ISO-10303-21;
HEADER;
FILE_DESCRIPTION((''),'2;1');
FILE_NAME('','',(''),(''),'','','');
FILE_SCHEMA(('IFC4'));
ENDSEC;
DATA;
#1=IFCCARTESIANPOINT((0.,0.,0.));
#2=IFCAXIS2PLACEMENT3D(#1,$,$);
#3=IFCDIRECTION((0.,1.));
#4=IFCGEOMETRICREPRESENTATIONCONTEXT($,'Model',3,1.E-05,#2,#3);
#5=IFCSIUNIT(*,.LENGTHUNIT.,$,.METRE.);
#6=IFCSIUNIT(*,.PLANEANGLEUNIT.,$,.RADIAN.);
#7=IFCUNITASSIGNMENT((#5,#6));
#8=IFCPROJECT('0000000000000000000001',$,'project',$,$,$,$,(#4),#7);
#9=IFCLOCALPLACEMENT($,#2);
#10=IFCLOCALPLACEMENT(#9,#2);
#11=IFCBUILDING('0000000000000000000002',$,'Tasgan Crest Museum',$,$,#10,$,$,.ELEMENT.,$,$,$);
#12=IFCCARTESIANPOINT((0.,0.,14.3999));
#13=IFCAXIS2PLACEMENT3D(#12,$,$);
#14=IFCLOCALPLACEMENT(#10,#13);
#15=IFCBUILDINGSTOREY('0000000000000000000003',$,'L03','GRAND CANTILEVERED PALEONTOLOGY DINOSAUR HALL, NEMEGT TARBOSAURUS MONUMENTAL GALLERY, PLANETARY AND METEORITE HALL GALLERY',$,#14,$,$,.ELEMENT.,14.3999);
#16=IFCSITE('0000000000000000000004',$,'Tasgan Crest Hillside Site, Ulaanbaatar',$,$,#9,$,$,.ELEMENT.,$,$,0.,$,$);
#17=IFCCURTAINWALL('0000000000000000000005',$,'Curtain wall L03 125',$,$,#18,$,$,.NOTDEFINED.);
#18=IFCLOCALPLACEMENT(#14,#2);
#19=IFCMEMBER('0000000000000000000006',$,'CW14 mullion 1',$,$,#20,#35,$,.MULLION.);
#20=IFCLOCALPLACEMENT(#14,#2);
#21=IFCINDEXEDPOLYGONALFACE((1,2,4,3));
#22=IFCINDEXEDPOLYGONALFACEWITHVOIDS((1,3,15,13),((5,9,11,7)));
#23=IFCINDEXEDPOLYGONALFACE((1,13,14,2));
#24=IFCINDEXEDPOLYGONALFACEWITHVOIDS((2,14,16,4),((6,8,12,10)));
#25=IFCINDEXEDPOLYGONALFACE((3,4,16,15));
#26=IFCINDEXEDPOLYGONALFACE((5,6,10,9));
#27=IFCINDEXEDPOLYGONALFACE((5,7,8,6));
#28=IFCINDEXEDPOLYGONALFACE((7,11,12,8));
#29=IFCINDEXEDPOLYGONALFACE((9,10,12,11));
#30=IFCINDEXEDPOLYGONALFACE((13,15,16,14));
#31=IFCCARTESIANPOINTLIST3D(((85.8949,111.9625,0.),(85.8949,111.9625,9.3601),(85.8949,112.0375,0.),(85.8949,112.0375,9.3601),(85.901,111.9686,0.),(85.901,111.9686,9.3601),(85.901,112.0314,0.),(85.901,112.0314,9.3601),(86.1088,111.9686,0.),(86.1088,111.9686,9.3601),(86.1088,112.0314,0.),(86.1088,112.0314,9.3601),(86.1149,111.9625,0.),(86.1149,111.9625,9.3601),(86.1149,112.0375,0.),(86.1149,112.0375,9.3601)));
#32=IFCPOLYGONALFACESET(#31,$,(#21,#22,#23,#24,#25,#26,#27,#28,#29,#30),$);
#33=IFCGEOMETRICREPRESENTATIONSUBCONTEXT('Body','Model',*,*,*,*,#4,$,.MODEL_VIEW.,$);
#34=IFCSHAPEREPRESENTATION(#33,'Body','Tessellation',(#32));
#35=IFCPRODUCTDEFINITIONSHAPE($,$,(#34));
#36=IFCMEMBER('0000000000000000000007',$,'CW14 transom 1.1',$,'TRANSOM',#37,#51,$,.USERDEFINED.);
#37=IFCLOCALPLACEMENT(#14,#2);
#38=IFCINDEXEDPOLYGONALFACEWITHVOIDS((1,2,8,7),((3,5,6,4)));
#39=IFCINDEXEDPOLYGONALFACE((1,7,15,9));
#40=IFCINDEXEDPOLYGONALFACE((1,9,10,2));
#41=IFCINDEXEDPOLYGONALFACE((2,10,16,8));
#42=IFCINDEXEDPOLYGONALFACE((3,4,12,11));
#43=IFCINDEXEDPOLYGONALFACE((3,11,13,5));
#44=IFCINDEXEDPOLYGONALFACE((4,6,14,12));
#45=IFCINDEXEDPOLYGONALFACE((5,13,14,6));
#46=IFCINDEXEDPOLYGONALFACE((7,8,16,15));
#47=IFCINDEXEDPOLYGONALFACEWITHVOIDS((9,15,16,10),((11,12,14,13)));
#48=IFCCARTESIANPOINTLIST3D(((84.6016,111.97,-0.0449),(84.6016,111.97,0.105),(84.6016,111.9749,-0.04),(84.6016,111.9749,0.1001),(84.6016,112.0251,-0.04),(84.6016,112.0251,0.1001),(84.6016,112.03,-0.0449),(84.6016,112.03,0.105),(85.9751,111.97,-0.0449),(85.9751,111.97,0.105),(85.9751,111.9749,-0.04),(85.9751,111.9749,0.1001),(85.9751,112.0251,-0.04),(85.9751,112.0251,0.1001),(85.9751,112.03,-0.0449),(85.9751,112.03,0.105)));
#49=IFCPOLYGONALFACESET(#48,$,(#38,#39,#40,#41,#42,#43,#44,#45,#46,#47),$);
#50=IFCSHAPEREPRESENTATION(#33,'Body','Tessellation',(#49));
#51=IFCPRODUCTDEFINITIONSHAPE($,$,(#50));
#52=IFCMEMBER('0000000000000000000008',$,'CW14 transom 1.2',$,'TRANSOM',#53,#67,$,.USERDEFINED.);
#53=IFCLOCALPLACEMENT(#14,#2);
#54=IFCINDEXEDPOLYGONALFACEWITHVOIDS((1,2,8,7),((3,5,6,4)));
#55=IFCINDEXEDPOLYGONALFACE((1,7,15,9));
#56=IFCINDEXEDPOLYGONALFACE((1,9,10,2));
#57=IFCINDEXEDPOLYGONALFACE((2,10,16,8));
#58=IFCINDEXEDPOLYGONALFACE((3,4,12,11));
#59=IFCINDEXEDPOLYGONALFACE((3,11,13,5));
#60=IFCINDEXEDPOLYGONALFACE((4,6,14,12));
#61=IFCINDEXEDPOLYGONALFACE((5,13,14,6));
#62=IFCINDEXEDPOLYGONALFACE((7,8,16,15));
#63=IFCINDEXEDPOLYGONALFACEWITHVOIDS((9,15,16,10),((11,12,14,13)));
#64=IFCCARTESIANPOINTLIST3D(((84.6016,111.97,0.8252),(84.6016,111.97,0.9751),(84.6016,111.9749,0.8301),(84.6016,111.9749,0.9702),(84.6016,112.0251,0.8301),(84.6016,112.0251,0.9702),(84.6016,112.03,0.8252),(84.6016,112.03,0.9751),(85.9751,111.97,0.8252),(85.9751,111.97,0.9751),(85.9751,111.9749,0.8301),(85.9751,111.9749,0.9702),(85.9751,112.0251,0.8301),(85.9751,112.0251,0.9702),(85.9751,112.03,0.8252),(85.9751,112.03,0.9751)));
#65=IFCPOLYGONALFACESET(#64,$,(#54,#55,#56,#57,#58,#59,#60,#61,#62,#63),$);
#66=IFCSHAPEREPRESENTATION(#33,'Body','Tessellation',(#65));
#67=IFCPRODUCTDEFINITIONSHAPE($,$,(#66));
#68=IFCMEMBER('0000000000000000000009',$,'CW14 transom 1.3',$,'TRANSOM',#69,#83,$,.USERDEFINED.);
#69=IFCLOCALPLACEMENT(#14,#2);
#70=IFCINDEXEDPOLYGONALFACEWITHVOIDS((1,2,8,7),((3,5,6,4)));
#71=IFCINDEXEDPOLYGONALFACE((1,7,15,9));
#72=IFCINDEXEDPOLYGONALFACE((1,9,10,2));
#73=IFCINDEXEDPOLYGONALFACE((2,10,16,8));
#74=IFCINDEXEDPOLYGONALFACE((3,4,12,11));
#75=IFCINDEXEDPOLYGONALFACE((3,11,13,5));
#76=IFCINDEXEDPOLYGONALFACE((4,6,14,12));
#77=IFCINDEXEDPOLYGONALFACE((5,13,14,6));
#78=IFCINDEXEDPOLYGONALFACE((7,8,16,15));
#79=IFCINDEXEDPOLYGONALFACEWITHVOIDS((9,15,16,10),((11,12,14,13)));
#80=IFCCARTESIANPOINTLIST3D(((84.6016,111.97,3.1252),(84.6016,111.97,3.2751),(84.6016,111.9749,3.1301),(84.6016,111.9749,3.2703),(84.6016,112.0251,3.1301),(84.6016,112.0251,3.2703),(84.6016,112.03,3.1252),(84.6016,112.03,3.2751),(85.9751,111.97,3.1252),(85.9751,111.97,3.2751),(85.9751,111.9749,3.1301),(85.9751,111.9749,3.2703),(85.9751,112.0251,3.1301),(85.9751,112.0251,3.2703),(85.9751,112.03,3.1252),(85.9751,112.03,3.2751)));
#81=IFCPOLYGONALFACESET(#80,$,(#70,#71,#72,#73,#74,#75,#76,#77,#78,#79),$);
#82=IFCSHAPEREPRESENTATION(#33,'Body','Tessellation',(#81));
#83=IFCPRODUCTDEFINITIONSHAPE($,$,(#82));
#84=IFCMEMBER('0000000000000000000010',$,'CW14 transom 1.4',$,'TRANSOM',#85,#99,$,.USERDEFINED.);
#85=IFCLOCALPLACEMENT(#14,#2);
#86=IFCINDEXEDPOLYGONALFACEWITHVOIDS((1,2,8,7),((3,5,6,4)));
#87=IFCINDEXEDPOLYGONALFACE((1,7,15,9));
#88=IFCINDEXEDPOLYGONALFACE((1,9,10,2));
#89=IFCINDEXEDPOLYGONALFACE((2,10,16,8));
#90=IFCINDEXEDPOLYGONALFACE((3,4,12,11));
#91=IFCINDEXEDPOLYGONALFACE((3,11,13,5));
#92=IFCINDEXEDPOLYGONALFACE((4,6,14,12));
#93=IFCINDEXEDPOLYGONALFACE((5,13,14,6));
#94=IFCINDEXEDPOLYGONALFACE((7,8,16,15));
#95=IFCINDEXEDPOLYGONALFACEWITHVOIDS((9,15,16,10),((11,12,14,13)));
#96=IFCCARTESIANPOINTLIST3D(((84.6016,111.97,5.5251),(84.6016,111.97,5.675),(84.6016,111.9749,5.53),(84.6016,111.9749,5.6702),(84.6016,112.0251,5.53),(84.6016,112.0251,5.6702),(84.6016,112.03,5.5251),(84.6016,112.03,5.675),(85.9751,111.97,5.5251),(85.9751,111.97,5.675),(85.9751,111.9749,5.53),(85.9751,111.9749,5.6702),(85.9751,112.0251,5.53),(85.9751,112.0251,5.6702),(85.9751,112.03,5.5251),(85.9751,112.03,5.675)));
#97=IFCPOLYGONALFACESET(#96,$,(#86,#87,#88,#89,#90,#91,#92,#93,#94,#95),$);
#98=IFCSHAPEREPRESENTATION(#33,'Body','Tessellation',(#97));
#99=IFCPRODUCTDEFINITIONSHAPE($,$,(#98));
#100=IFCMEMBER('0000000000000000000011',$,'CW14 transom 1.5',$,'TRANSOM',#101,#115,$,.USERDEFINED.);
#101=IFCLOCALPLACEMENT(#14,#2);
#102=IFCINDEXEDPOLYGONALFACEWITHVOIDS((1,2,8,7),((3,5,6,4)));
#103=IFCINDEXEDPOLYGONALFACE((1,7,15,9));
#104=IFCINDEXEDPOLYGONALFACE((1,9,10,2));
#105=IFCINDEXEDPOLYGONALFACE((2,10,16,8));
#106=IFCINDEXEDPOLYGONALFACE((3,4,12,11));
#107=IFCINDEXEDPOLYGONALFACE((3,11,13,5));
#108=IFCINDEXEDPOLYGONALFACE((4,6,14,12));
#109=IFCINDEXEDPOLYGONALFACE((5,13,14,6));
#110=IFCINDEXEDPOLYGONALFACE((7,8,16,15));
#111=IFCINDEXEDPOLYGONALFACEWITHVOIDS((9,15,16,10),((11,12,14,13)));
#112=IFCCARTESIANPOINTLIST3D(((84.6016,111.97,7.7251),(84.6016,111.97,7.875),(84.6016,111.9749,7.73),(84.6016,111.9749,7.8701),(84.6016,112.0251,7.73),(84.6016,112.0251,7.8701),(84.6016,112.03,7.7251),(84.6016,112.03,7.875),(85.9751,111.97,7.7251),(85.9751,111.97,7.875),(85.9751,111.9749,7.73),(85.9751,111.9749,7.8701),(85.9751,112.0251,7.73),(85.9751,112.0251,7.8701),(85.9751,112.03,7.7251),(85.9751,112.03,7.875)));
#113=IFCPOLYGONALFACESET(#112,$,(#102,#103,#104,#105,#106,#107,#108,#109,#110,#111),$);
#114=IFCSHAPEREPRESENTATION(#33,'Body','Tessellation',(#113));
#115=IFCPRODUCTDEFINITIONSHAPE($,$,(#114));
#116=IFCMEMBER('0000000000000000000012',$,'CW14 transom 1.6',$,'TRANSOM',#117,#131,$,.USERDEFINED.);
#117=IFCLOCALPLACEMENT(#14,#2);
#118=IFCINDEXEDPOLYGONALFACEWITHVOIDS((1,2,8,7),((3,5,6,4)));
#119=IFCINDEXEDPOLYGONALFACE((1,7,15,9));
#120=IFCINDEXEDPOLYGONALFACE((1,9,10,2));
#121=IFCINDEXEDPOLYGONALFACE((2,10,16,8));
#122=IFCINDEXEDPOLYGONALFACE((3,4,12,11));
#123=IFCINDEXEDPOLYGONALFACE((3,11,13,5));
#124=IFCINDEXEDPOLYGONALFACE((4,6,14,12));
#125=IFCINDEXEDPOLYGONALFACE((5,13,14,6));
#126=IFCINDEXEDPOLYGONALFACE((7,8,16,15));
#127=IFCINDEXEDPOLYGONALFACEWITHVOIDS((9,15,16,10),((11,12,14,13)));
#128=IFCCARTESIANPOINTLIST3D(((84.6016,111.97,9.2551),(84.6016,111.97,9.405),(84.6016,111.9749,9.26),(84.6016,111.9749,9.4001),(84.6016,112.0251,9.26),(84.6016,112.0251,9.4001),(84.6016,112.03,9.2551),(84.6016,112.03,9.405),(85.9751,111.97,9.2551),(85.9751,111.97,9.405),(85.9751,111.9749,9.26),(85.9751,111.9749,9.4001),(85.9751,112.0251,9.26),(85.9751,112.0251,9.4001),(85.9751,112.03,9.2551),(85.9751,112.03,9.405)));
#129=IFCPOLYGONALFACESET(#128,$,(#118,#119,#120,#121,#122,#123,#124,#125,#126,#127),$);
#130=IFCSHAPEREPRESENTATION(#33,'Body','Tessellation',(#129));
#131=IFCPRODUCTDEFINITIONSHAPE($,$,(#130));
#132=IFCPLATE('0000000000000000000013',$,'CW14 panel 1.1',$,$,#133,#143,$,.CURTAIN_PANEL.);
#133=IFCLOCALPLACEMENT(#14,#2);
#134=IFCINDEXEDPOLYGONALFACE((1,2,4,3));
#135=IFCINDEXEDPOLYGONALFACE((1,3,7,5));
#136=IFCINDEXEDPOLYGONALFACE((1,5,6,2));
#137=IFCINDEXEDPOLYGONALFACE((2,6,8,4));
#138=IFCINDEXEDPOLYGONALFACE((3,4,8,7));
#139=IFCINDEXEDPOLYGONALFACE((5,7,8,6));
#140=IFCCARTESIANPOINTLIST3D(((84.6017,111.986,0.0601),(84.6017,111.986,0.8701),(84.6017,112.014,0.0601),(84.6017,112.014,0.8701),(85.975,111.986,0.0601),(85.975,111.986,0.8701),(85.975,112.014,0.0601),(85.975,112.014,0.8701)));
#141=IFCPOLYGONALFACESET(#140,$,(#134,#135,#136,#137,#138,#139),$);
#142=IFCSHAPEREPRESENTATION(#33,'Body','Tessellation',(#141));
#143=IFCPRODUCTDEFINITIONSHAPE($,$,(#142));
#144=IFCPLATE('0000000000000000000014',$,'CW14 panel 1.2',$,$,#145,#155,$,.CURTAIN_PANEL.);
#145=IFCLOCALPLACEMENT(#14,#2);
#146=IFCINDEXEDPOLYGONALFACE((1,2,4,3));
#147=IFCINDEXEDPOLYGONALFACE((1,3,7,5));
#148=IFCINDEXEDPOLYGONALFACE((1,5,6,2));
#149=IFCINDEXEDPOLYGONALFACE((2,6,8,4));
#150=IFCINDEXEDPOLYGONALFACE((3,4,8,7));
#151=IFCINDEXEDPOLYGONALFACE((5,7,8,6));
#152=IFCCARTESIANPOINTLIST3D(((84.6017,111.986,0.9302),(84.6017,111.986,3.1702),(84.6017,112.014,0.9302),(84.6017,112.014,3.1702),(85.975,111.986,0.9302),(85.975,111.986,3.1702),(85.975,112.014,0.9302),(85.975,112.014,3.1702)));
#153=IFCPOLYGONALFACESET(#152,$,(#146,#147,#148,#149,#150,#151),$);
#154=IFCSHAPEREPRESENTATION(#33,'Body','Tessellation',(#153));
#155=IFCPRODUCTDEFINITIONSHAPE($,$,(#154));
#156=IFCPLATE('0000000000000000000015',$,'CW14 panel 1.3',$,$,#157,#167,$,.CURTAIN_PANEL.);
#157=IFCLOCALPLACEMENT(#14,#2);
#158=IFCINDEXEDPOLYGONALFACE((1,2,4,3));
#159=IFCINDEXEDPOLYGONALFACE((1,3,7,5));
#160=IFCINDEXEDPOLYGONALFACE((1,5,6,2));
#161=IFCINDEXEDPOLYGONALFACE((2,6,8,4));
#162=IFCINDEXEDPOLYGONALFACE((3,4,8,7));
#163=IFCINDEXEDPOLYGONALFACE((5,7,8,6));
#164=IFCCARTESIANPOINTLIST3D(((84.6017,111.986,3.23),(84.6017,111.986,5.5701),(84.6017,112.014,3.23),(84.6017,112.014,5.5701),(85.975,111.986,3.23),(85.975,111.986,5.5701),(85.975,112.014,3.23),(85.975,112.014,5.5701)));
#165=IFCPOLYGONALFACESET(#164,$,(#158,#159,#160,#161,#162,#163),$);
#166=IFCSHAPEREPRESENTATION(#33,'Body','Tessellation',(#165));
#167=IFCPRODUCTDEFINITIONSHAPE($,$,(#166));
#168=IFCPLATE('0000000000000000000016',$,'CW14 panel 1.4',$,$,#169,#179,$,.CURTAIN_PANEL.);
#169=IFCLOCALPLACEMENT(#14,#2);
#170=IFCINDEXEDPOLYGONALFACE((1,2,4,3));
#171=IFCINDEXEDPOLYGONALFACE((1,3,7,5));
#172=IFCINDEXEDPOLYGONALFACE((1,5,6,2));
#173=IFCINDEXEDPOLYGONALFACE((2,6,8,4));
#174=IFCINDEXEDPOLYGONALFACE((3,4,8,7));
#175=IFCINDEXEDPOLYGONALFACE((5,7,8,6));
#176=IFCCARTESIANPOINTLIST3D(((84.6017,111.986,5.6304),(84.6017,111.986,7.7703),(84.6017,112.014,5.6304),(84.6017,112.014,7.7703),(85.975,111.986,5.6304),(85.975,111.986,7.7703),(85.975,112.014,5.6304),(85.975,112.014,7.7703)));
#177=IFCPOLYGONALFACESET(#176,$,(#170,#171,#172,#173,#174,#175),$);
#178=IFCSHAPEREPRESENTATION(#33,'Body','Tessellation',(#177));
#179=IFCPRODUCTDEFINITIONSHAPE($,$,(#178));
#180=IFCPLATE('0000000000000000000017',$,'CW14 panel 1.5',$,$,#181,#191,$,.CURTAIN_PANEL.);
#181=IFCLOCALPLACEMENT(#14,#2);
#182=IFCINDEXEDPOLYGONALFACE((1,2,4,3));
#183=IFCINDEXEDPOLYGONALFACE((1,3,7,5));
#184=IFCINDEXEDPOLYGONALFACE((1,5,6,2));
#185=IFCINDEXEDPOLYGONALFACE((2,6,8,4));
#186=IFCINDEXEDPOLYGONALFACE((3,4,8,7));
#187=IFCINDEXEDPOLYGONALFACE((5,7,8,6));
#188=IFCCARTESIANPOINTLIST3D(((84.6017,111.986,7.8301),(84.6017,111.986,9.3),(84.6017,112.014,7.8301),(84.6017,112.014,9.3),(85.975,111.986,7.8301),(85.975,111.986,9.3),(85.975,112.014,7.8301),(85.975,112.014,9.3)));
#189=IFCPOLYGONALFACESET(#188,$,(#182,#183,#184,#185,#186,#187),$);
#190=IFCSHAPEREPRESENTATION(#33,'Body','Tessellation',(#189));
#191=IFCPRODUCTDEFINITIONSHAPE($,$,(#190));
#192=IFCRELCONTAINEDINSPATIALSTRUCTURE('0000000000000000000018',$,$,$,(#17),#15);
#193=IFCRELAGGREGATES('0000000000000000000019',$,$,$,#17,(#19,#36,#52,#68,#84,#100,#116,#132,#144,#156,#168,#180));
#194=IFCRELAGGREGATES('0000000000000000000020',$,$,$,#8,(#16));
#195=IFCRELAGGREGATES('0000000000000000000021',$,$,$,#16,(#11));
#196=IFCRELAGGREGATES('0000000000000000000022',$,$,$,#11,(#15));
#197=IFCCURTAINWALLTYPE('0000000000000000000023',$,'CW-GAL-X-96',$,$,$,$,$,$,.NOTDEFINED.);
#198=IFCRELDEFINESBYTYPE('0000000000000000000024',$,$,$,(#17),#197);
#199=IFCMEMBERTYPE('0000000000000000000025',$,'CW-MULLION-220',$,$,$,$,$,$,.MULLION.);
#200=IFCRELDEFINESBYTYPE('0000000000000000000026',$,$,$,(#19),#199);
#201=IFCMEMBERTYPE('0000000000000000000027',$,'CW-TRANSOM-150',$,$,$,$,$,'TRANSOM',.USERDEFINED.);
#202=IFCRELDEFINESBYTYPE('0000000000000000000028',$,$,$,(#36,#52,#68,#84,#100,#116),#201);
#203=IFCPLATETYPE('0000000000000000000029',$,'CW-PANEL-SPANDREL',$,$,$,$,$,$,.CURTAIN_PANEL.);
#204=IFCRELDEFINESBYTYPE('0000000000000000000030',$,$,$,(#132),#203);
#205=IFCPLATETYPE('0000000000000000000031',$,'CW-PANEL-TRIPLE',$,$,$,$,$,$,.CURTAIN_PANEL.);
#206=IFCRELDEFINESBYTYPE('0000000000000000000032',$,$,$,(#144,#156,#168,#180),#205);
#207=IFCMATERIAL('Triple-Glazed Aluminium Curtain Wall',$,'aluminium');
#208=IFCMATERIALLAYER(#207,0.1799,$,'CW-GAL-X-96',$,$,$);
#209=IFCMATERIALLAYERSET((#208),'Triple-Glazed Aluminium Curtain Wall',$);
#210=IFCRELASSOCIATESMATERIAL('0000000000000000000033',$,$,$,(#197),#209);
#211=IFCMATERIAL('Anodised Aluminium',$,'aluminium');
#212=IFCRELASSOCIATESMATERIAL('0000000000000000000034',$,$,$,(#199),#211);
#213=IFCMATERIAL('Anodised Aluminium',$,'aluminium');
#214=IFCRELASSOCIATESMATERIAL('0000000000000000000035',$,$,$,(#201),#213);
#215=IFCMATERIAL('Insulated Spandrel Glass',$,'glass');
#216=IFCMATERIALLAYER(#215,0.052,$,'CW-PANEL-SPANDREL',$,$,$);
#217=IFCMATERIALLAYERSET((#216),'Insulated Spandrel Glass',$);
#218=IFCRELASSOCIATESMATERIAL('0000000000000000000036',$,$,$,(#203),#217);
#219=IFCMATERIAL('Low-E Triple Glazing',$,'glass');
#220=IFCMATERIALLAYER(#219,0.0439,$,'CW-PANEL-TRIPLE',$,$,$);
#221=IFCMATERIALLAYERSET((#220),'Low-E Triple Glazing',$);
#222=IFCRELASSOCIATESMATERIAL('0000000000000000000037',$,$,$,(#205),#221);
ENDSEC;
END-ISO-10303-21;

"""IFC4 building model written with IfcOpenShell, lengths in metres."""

from ifc_helpers import new_model, si_unit, direction, frame, origin, origin_2d, place, context, subcontext, project, spatial, rectangle, hollow_rectangle, extrude, material, layer, layer_set, material_profile, profile_set, type_object, element, aggregate, save


model = new_model("IFC4")

# Units and contexts
model_context = context("Model", 3, precision=1e-05, world=origin(), true_north=direction((0.0, 1.0)))
body_context = subcontext(model_context, "Body", "Model", "MODEL_VIEW")
ifc_project = project(units=[si_unit("LENGTHUNIT", "METRE"), si_unit("PLANEANGLEUNIT", "RADIAN")], contexts=[model_context])

# Site, building, storey
site_placement = place(None, origin())
site = spatial("IfcSite", under=ifc_project, at=site_placement, Name="Tasgan Crest Hillside Site, Ulaanbaatar", CompositionType="ELEMENT", RefElevation=0.0)
building_placement = place(site_placement, origin())
building = spatial("IfcBuilding", under=site, at=building_placement, Name="Tasgan Crest Museum", CompositionType="ELEMENT")
storey_placement = place(building_placement, frame((0.0, 0.0, 14.3999)))
storey = spatial("IfcBuildingStorey", under=building, at=storey_placement, Name="L03", Description="GRAND CANTILEVERED PALEONTOLOGY DINOSAUR HALL, NEMEGT TARBOSAURUS MONUMENTAL GALLERY, PLANETARY AND METEORITE HALL GALLERY", CompositionType="ELEMENT", Elevation=14.3999)

# Curtain wall, members, plates
ifc_material_1 = material(Name="Triple-Glazed Aluminium Curtain Wall", Category="aluminium")
ifc_layer_1 = layer(ifc_material_1, 0.1799, Name="CW-GAL-X-96")
ifc_layer_set_1 = layer_set([ifc_layer_1], Name="Triple-Glazed Aluminium Curtain Wall")
curtain_wall_type = type_object("IfcCurtainWallType", Name="CW-GAL-X-96", PredefinedType="NOTDEFINED", material=ifc_layer_set_1)
curtain_wall_placement = place(storey_placement, origin())
curtain_wall = element("IfcCurtainWall", 1, at=curtain_wall_placement, inside=storey, type_object=curtain_wall_type, Name="Curtain wall L03 125", PredefinedType="NOTDEFINED")
ifc_material_2 = material(Name="Anodised Aluminium", Category="aluminium")
ifc_material_profile_1 = material_profile(ifc_material_2, hollow_rectangle(XDim=0.075, YDim=0.22, WallThickness=0.0061, at=origin_2d()), Name="ALU MULLION 220x75x6")
ifc_profile_set_1 = profile_set([ifc_material_profile_1], Name="Anodised Aluminium")
member_type_1 = type_object("IfcMemberType", Name="CW-MULLION-220", PredefinedType="MULLION", material=ifc_profile_set_1)
member_1_placement = place(storey_placement, frame((86.0049, 112.0, 0.0), z_axis=(0.0, 0.0, 1.0), x_axis=(0.0, -1.0, 0.0)))
member_1 = element("IfcMember", 2, at=member_1_placement, type_object=member_type_1, Name="CW14 mullion 1", PredefinedType="MULLION", context=body_context, shape_type="SweptSolid", body=[
    extrude(hollow_rectangle(XDim=0.075, YDim=0.22, WallThickness=0.0061, at=origin_2d()), origin(), (0.0, 0.0, 1.0), 9.3601),
])
ifc_material_3 = material(Name="Anodised Aluminium", Category="aluminium")
ifc_material_profile_2 = material_profile(ifc_material_3, hollow_rectangle(XDim=0.0601, YDim=0.1499, WallThickness=0.0049, at=origin_2d()), Name="ALU TRANSOM 150x60x5")
ifc_profile_set_2 = profile_set([ifc_material_profile_2], Name="Anodised Aluminium")
member_type_2 = type_object("IfcMemberType", Name="CW-TRANSOM-150", ElementType="TRANSOM", PredefinedType="USERDEFINED", material=ifc_profile_set_2)
member_2_placement = place(storey_placement, frame((85.9751, 112.0, 0.03), z_axis=(-1.0, 0.0, 0.0), x_axis=(0.0, -1.0, 0.0)))
member_2 = element("IfcMember", 3, at=member_2_placement, type_object=member_type_2, Name="CW14 transom 1.1", ObjectType="TRANSOM", PredefinedType="USERDEFINED", context=body_context, shape_type="SweptSolid", body=[
    extrude(hollow_rectangle(XDim=0.0601, YDim=0.1499, WallThickness=0.0049, at=origin_2d()), origin(), (0.0, 0.0, 1.0), 1.3735),
])
member_3_placement = place(storey_placement, frame((85.9751, 112.0, 0.9001), z_axis=(-1.0, 0.0, 0.0), x_axis=(0.0, -1.0, 0.0)))
member_3 = element("IfcMember", 4, at=member_3_placement, type_object=member_type_2, Name="CW14 transom 1.2", ObjectType="TRANSOM", PredefinedType="USERDEFINED", context=body_context, shape_type="SweptSolid", body=[
    extrude(hollow_rectangle(XDim=0.0601, YDim=0.1499, WallThickness=0.0049, at=origin_2d()), origin(), (0.0, 0.0, 1.0), 1.3735),
])
member_4_placement = place(storey_placement, frame((85.9751, 112.0, 3.2002), z_axis=(-1.0, 0.0, 0.0), x_axis=(0.0, -1.0, 0.0)))
member_4 = element("IfcMember", 5, at=member_4_placement, type_object=member_type_2, Name="CW14 transom 1.3", ObjectType="TRANSOM", PredefinedType="USERDEFINED", context=body_context, shape_type="SweptSolid", body=[
    extrude(hollow_rectangle(XDim=0.0601, YDim=0.1499, WallThickness=0.0049, at=origin_2d()), origin(), (0.0, 0.0, 1.0), 1.3735),
])
member_5_placement = place(storey_placement, frame((85.9751, 112.0, 5.6001), z_axis=(-1.0, 0.0, 0.0), x_axis=(0.0, -1.0, 0.0)))
member_5 = element("IfcMember", 6, at=member_5_placement, type_object=member_type_2, Name="CW14 transom 1.4", ObjectType="TRANSOM", PredefinedType="USERDEFINED", context=body_context, shape_type="SweptSolid", body=[
    extrude(hollow_rectangle(XDim=0.0601, YDim=0.1499, WallThickness=0.0049, at=origin_2d()), origin(), (0.0, 0.0, 1.0), 1.3735),
])
member_6_placement = place(storey_placement, frame((85.9751, 112.0, 7.8), z_axis=(-1.0, 0.0, 0.0), x_axis=(0.0, -1.0, 0.0)))
member_6 = element("IfcMember", 7, at=member_6_placement, type_object=member_type_2, Name="CW14 transom 1.5", ObjectType="TRANSOM", PredefinedType="USERDEFINED", context=body_context, shape_type="SweptSolid", body=[
    extrude(hollow_rectangle(XDim=0.0601, YDim=0.1499, WallThickness=0.0049, at=origin_2d()), origin(), (0.0, 0.0, 1.0), 1.3735),
])
member_7_placement = place(storey_placement, frame((85.9751, 112.0, 9.3301), z_axis=(-1.0, 0.0, 0.0), x_axis=(0.0, -1.0, 0.0)))
member_7 = element("IfcMember", 8, at=member_7_placement, type_object=member_type_2, Name="CW14 transom 1.6", ObjectType="TRANSOM", PredefinedType="USERDEFINED", context=body_context, shape_type="SweptSolid", body=[
    extrude(hollow_rectangle(XDim=0.0601, YDim=0.1499, WallThickness=0.0049, at=origin_2d()), origin(), (0.0, 0.0, 1.0), 1.3735),
])
ifc_material_4 = material(Name="Insulated Spandrel Glass", Category="glass")
ifc_layer_2 = layer(ifc_material_4, 0.052, Name="CW-PANEL-SPANDREL")
ifc_layer_set_2 = layer_set([ifc_layer_2], Name="Insulated Spandrel Glass")
plate_type_1 = type_object("IfcPlateType", Name="CW-PANEL-SPANDREL", PredefinedType="CURTAIN_PANEL", material=ifc_layer_set_2)
plate_1_placement = place(storey_placement, frame((85.2883, 112.0, 0.0601), z_axis=(0.0, 0.0, 1.0), x_axis=(-1.0, 0.0, 0.0)))
plate_1 = element("IfcPlate", 9, at=plate_1_placement, type_object=plate_type_1, Name="CW14 panel 1.1", PredefinedType="CURTAIN_PANEL", context=body_context, shape_type="SweptSolid", body=[
    extrude(rectangle(XDim=1.3733, YDim=0.0281, at=origin_2d()), origin(), (0.0, 0.0, 1.0), 0.8101),
])
ifc_material_5 = material(Name="Low-E Triple Glazing", Category="glass")
ifc_layer_3 = layer(ifc_material_5, 0.0439, Name="CW-PANEL-TRIPLE")
ifc_layer_set_3 = layer_set([ifc_layer_3], Name="Low-E Triple Glazing")
plate_type_2 = type_object("IfcPlateType", Name="CW-PANEL-TRIPLE", PredefinedType="CURTAIN_PANEL", material=ifc_layer_set_3)
plate_2_placement = place(storey_placement, frame((85.2883, 112.0, 0.9302), z_axis=(0.0, 0.0, 1.0), x_axis=(-1.0, 0.0, 0.0)))
plate_2 = element("IfcPlate", 10, at=plate_2_placement, type_object=plate_type_2, Name="CW14 panel 1.2", PredefinedType="CURTAIN_PANEL", context=body_context, shape_type="SweptSolid", body=[
    extrude(rectangle(XDim=1.3733, YDim=0.0281, at=origin_2d()), origin(), (0.0, 0.0, 1.0), 2.24),
])
plate_3_placement = place(storey_placement, frame((85.2883, 112.0, 3.23), z_axis=(0.0, 0.0, 1.0), x_axis=(-1.0, 0.0, 0.0)))
plate_3 = element("IfcPlate", 11, at=plate_3_placement, type_object=plate_type_2, Name="CW14 panel 1.3", PredefinedType="CURTAIN_PANEL", context=body_context, shape_type="SweptSolid", body=[
    extrude(rectangle(XDim=1.3733, YDim=0.0281, at=origin_2d()), origin(), (0.0, 0.0, 1.0), 2.3401),
])
plate_4_placement = place(storey_placement, frame((85.2883, 112.0, 5.6304), z_axis=(0.0, 0.0, 1.0), x_axis=(-1.0, 0.0, 0.0)))
plate_4 = element("IfcPlate", 12, at=plate_4_placement, type_object=plate_type_2, Name="CW14 panel 1.4", PredefinedType="CURTAIN_PANEL", context=body_context, shape_type="SweptSolid", body=[
    extrude(rectangle(XDim=1.3733, YDim=0.0281, at=origin_2d()), origin(), (0.0, 0.0, 1.0), 2.1399),
])
plate_5_placement = place(storey_placement, frame((85.2883, 112.0, 7.8301), z_axis=(0.0, 0.0, 1.0), x_axis=(-1.0, 0.0, 0.0)))
plate_5 = element("IfcPlate", 13, at=plate_5_placement, type_object=plate_type_2, Name="CW14 panel 1.5", PredefinedType="CURTAIN_PANEL", context=body_context, shape_type="SweptSolid", body=[
    extrude(rectangle(XDim=1.3733, YDim=0.0281, at=origin_2d()), origin(), (0.0, 0.0, 1.0), 1.47),
])
aggregate(curtain_wall, [member_1, member_2, member_3, member_4, member_5, member_6, member_7, plate_1, plate_2, plate_3, plate_4, plate_5])

save(model, "model.ifc")
